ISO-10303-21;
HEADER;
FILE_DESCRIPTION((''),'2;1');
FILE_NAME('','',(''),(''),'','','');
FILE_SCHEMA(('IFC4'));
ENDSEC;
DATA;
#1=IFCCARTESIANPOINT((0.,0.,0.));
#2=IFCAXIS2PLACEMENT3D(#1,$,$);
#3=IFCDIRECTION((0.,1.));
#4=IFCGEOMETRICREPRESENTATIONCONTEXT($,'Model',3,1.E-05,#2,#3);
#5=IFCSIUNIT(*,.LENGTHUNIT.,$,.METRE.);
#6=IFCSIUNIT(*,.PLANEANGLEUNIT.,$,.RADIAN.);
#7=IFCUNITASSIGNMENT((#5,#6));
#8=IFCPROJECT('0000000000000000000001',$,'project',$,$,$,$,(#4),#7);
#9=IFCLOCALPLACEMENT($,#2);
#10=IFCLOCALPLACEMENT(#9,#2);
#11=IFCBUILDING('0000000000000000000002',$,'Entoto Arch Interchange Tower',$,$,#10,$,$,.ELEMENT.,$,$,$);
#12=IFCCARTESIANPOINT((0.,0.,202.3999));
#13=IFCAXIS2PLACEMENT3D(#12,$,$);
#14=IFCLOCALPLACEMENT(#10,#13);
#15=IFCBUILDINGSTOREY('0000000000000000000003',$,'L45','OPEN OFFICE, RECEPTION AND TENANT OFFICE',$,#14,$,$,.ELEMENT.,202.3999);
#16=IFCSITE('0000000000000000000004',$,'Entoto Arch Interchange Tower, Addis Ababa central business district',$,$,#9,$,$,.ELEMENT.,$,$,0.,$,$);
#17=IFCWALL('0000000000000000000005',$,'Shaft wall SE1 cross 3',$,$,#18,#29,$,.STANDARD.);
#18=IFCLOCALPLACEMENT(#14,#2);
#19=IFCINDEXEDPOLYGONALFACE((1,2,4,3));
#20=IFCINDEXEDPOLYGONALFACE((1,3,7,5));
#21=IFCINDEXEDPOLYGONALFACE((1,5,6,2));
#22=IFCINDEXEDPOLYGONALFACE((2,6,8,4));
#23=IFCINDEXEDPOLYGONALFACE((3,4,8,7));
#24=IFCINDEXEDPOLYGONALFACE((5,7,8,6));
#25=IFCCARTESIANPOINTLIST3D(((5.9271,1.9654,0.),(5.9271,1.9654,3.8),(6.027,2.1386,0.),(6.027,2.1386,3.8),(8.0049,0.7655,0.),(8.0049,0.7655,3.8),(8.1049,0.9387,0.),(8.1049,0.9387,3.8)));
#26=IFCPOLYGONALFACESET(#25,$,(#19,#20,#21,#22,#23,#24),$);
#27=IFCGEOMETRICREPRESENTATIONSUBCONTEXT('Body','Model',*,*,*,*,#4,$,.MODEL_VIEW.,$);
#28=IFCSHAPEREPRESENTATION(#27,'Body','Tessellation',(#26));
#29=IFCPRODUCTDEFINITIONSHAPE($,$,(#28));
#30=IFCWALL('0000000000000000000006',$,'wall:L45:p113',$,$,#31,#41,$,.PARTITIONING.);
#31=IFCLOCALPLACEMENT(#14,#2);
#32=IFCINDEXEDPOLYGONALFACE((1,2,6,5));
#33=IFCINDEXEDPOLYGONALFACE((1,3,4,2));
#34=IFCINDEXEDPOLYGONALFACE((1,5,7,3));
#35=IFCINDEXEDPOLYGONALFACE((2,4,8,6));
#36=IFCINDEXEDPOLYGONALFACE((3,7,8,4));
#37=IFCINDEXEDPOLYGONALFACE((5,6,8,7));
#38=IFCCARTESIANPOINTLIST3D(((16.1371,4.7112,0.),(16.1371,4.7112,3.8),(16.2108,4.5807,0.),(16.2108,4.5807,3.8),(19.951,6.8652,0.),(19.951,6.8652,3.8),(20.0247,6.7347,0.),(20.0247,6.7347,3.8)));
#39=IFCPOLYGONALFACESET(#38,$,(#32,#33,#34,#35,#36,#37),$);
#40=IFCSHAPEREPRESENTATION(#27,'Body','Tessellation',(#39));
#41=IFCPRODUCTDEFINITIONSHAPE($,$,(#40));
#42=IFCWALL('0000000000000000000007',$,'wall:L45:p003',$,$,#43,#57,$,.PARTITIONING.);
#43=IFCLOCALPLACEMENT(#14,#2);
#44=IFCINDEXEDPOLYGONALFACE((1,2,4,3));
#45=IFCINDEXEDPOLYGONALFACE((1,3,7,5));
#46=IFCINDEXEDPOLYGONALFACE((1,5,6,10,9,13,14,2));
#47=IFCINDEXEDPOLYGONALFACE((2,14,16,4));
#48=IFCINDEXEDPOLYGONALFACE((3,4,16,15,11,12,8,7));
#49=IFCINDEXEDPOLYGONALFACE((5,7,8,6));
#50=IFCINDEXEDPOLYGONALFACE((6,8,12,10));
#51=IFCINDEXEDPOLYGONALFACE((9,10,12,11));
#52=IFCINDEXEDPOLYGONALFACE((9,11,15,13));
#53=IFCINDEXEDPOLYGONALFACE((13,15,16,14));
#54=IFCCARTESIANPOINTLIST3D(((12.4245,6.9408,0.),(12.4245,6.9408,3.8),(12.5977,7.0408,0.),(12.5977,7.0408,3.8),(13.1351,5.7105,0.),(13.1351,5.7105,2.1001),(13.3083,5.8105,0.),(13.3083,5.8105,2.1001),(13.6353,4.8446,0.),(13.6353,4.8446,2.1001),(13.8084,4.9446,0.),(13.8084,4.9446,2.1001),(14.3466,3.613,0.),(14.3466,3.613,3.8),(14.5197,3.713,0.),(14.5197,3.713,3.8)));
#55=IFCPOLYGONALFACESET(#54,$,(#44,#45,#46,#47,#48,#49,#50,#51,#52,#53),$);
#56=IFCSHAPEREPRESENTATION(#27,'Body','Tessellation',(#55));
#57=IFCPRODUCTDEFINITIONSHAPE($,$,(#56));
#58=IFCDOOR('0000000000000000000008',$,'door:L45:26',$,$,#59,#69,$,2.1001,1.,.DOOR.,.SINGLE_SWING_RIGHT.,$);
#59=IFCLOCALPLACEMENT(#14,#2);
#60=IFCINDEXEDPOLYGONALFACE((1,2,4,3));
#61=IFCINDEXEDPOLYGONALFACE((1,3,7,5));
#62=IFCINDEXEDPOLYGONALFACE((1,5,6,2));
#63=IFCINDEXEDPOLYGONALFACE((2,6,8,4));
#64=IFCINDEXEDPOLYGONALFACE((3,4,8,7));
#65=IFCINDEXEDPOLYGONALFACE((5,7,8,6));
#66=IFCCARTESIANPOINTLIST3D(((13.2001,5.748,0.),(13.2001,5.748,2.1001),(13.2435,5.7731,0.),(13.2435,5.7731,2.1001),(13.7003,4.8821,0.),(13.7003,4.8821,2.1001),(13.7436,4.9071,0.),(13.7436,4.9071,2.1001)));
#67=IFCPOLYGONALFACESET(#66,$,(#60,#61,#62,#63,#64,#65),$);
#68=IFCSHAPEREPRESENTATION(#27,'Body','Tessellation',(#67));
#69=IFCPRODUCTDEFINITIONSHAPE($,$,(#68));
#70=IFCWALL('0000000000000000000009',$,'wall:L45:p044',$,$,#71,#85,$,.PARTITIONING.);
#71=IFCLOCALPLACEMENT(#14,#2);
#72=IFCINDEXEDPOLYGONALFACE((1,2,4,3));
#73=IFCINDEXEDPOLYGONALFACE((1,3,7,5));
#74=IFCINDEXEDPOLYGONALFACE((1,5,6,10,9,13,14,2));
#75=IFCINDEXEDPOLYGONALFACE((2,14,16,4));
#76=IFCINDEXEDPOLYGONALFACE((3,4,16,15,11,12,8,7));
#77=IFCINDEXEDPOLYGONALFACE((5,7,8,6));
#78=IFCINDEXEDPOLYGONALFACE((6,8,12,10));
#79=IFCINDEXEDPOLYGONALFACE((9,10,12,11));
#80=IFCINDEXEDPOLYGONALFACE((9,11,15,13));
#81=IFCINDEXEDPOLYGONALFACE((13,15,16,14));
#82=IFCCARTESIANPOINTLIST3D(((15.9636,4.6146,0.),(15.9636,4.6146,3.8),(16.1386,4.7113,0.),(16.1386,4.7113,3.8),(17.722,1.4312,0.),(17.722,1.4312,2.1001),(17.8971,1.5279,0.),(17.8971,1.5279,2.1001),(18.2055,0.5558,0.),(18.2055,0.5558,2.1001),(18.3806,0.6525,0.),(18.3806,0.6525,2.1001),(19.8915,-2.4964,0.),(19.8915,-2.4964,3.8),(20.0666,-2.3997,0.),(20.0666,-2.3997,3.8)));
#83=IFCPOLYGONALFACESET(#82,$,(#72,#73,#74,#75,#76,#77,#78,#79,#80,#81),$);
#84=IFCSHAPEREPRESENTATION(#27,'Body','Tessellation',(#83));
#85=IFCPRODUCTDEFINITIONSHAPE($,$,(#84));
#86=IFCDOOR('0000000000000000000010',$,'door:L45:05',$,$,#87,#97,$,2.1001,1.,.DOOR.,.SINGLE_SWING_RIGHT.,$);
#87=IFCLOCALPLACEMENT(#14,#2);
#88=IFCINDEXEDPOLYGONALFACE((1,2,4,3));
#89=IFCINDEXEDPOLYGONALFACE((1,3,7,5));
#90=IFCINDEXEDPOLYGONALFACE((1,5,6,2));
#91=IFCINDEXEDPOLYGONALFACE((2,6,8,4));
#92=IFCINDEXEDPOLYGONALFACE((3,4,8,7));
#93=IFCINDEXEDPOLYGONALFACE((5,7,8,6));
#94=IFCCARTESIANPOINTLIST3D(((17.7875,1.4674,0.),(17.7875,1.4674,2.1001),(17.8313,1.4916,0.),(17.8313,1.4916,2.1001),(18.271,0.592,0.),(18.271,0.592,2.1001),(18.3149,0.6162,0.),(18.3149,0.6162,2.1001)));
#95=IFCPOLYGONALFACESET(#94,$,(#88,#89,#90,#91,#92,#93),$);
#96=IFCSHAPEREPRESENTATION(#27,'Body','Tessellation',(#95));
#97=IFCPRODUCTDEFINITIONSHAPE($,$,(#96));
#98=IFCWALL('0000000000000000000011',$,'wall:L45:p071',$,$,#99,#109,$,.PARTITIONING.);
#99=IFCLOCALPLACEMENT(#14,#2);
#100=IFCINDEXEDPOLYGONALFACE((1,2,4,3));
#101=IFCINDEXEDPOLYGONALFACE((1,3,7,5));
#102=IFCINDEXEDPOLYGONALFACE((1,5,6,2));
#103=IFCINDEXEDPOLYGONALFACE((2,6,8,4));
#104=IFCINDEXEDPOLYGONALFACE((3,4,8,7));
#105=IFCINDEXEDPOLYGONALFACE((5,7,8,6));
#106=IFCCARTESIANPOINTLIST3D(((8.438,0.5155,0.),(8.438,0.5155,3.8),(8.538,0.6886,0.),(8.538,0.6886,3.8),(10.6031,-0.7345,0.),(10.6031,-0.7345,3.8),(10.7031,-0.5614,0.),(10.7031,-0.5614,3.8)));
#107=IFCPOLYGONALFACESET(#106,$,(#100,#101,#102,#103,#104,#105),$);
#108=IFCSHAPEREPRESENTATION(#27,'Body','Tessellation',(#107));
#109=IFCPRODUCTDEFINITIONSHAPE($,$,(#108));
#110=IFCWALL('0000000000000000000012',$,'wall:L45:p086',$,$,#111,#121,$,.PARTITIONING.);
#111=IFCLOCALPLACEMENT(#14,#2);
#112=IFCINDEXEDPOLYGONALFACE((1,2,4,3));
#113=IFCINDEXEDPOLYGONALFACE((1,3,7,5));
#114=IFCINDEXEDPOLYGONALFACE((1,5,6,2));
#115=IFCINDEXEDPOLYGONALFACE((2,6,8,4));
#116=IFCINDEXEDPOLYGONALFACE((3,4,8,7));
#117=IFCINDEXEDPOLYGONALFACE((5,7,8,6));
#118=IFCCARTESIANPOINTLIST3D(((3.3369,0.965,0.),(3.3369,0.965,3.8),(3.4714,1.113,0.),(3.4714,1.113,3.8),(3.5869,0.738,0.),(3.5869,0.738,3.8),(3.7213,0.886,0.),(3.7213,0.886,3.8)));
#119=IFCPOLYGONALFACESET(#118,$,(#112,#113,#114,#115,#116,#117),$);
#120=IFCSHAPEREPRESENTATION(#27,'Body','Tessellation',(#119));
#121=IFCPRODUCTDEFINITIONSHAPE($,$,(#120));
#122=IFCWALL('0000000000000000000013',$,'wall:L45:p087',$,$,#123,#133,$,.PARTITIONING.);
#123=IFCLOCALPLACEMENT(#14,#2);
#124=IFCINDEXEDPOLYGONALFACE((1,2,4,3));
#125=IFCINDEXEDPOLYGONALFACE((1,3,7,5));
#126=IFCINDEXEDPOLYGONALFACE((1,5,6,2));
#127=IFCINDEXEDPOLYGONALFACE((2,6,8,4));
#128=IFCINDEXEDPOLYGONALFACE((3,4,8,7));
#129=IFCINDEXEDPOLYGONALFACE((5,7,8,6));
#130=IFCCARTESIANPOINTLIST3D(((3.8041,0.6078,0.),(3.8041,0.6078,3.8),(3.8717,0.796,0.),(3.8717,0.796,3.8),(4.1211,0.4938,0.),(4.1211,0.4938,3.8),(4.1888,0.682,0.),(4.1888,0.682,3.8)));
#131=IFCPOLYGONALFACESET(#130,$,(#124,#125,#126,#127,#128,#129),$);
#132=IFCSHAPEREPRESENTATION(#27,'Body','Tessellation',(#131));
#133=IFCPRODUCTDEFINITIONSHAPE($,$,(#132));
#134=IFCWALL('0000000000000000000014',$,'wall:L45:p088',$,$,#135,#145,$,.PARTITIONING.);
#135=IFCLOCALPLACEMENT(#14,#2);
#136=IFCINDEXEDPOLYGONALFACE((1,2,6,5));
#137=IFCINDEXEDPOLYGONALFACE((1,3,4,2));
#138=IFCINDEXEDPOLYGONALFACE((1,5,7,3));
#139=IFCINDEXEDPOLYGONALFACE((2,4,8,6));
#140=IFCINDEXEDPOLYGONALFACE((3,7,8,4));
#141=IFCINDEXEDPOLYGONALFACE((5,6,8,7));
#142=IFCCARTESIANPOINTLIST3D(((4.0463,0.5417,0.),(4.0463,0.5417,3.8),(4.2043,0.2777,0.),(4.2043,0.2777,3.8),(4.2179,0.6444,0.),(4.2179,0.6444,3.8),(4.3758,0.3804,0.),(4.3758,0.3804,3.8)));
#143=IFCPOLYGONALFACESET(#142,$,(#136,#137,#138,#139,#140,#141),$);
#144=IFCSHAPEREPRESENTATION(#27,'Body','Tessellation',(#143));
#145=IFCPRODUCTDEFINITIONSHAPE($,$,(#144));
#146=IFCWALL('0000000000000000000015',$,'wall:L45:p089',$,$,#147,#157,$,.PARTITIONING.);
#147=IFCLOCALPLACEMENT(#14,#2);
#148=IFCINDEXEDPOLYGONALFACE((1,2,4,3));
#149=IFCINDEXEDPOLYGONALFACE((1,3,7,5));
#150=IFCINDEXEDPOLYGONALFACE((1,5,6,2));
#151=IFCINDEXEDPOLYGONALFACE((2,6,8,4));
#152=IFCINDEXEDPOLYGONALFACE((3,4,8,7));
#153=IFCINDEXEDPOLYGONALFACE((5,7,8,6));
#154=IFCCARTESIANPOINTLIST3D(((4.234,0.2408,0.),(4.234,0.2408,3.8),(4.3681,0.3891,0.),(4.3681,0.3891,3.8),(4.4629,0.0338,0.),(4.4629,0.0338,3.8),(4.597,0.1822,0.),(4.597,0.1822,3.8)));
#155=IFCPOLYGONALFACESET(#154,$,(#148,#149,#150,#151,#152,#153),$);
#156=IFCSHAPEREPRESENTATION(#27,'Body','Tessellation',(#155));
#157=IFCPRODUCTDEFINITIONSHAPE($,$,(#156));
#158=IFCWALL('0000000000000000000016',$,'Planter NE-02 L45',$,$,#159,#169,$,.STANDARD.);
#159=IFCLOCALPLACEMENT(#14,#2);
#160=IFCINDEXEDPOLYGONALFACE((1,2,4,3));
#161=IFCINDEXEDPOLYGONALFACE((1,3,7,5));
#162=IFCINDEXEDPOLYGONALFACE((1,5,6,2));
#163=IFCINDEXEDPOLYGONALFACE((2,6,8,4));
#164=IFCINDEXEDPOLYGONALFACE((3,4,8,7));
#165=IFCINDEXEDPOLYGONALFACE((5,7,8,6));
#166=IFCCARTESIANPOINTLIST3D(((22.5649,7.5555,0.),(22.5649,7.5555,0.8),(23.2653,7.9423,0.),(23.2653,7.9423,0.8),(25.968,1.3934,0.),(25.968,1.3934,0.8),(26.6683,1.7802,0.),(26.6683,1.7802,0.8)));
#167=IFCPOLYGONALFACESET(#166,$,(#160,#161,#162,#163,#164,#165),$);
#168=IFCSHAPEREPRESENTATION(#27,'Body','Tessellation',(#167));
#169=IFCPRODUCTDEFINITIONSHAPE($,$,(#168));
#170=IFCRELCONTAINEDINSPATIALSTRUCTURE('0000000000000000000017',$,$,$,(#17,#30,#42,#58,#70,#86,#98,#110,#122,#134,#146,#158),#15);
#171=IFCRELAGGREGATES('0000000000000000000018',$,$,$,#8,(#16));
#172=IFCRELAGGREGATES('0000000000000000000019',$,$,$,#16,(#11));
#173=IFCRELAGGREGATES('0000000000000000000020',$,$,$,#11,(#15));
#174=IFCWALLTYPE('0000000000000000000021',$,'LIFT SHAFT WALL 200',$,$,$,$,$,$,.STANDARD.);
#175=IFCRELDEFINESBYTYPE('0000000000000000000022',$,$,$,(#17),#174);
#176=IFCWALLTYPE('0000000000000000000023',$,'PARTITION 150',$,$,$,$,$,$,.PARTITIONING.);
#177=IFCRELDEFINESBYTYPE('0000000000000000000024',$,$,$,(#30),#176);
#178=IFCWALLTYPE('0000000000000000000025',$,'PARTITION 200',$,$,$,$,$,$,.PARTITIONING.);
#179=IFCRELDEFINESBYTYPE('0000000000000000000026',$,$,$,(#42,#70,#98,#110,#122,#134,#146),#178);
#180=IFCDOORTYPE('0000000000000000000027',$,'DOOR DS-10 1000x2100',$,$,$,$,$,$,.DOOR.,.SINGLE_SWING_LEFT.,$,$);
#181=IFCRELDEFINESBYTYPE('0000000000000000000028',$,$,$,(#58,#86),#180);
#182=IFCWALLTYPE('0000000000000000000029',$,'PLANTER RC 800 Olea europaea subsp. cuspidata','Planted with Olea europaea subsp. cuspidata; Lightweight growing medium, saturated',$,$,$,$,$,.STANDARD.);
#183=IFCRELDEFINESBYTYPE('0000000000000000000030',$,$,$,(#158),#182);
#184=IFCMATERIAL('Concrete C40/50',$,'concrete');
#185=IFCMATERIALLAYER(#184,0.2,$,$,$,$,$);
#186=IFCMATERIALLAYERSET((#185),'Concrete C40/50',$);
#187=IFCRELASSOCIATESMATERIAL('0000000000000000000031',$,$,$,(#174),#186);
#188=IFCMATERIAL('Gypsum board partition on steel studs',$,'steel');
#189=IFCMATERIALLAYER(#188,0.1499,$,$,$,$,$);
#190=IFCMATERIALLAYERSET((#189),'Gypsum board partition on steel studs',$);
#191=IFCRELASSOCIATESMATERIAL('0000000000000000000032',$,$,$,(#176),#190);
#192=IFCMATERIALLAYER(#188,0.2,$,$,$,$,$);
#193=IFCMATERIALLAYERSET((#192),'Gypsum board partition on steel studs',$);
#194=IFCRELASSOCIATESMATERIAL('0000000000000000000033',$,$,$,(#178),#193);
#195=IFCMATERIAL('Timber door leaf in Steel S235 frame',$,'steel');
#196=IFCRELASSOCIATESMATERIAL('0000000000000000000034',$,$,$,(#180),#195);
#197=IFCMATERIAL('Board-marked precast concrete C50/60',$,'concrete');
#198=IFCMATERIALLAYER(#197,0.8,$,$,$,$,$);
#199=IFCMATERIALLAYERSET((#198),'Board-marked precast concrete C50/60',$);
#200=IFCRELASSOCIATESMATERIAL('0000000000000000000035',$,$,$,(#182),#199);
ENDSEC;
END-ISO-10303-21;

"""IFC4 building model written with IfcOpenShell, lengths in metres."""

from ifc_helpers import new_model, si_unit, direction, frame, frame_2d, origin, place, context, subcontext, project, spatial, rectangle, extrude, material, layer, layer_set, type_object, element, fill, save


model = new_model("IFC4")

# Units and contexts
model_context = context("Model", 3, precision=1e-05, world=origin(), true_north=direction((0.0, 1.0)))
body_context = subcontext(model_context, "Body", "Model", "MODEL_VIEW")
ifc_project = project(units=[si_unit("LENGTHUNIT", "METRE"), si_unit("PLANEANGLEUNIT", "RADIAN")], contexts=[model_context])

# Site, building, storey
site_placement = place(None, origin())
site = spatial("IfcSite", under=ifc_project, at=site_placement, Name="Entoto Arch Interchange Tower, Addis Ababa central business district", CompositionType="ELEMENT", RefElevation=0.0)
building_placement = place(site_placement, origin())
building = spatial("IfcBuilding", under=site, at=building_placement, Name="Entoto Arch Interchange Tower", CompositionType="ELEMENT")
storey_placement = place(building_placement, frame((0.0, 0.0, 202.3999)))
storey = spatial("IfcBuildingStorey", under=building, at=storey_placement, Name="L45", Description="OPEN OFFICE, RECEPTION AND TENANT OFFICE", CompositionType="ELEMENT", Elevation=202.3999)

# Walls
ifc_material_1 = material(Name="Concrete C40/50", Category="concrete")
ifc_layer_1 = layer(ifc_material_1, 0.2)
ifc_layer_set_1 = layer_set([ifc_layer_1], Name="Concrete C40/50")
wall_type_1 = type_object("IfcWallType", Name="LIFT SHAFT WALL 200", PredefinedType="STANDARD", material=ifc_layer_set_1)
wall_1_placement = place(storey_placement, frame((5.9771, 2.052, 0.0), z_axis=(0.0, 0.0, 1.0), x_axis=(0.865974, -0.500089, 0.0)))
element("IfcWall", 1, at=wall_1_placement, inside=storey, type_object=wall_type_1, Name="Shaft wall SE1 cross 3", PredefinedType="STANDARD", context=body_context, shape_type="SweptSolid", body=[
    extrude(rectangle(XDim=2.3994, YDim=0.2, at=frame_2d((1.1997, 0.0))), origin(), (0.0, 0.0, 1.0), 3.8),
])
ifc_material_2 = material(Name="Gypsum board partition on steel studs", Category="steel")
ifc_layer_2 = layer(ifc_material_2, 0.1499)
ifc_layer_set_2 = layer_set([ifc_layer_2], Name="Gypsum board partition on steel studs")
wall_type_2 = type_object("IfcWallType", Name="PARTITION 150", PredefinedType="PARTITIONING", material=ifc_layer_set_2)
wall_2_placement = place(storey_placement, frame((16.1741, 4.646, 0.0), z_axis=(0.0, 0.0, 1.0), x_axis=(0.870726, 0.491769, 0.0)))
element("IfcWall", 2, at=wall_2_placement, inside=storey, type_object=wall_type_2, Name="wall:L45:p113", PredefinedType="PARTITIONING", context=body_context, shape_type="SweptSolid", body=[
    extrude(rectangle(XDim=4.3801, YDim=0.1499, at=frame_2d((2.1899, 0.0))), origin(), (0.0, 0.0, 1.0), 3.8),
])

# Walls, openings, doors
ifc_layer_3 = layer(ifc_material_2, 0.2)
ifc_layer_set_3 = layer_set([ifc_layer_3], Name="Gypsum board partition on steel studs")
wall_type_3 = type_object("IfcWallType", Name="PARTITION 200", PredefinedType="PARTITIONING", material=ifc_layer_set_3)
wall_3_placement = place(storey_placement, frame((14.4331, 3.6631, 0.0), z_axis=(0.0, 0.0, 1.0), x_axis=(-0.50015, 0.865939, 0.0)))
wall_3 = element("IfcWall", 3, at=wall_3_placement, inside=storey, type_object=wall_type_3, Name="wall:L45:p003", PredefinedType="PARTITIONING", context=body_context, shape_type="SweptSolid", body=[
    extrude(rectangle(XDim=3.843, YDim=0.2, at=frame_2d((1.9214, 0.0))), origin(), (0.0, 0.0, 1.0), 3.8),
])
opening_1_placement = place(wall_3_placement, frame((1.4221, 0.0, 0.0)))
opening_1 = element("IfcOpeningElement", 4, at=opening_1_placement, cuts=wall_3, PredefinedType="OPENING", context=body_context, shape_type="SweptSolid", body=[
    extrude(rectangle(XDim=1.0, YDim=2.1001, at=frame_2d((0.5, 1.05))), frame((0.0, 0.1099, 0.0), z_axis=(0.0, -1.0, 0.0), x_axis=(1.0, 0.0, 0.0)), (0.0, 0.0, 1.0), 0.22),
])
ifc_material_3 = material(Name="Timber door leaf in Steel S235 frame", Category="steel")
door_type_1 = type_object("IfcDoorType", Name="DOOR DS-10 1000x2100", OperationType="SINGLE_SWING_LEFT", PredefinedType="DOOR", material=ifc_material_3)
door_1_placement = place(opening_1_placement, origin())
door_1 = element("IfcDoor", 5, at=door_1_placement, inside=storey, type_object=door_type_1, Name="door:L45:26", OperationType="SINGLE_SWING_RIGHT", OverallHeight=2.1001, OverallWidth=1.0, PredefinedType="DOOR", context=body_context, shape_type="SweptSolid", body=[
    extrude(rectangle(XDim=1.0, YDim=2.1001, at=frame_2d((0.5, 1.05))), frame((0.0, 0.0249, 0.0), z_axis=(0.0, -1.0, 0.0), x_axis=(1.0, 0.0, 0.0)), (0.0, 0.0, 1.0), 0.05),
])
fill(opening_1, door_1)
wall_4_placement = place(storey_placement, frame((16.051, 4.6631, 0.0), z_axis=(0.0, 0.0, 1.0), x_axis=(0.483513, -0.875337, 0.0)))
wall_4 = element("IfcWall", 6, at=wall_4_placement, inside=storey, type_object=wall_type_3, Name="wall:L45:p044", PredefinedType="PARTITIONING", context=body_context, shape_type="SweptSolid", body=[
    extrude(rectangle(XDim=8.1238, YDim=0.2, at=frame_2d((4.062, 0.0))), origin(), (0.0, 0.0, 1.0), 3.8),
])
opening_2_placement = place(wall_4_placement, frame((3.637, 0.0, 0.0)))
opening_2 = element("IfcOpeningElement", 7, at=opening_2_placement, cuts=wall_4, PredefinedType="OPENING", context=body_context, shape_type="SweptSolid", body=[
    extrude(rectangle(XDim=1.0, YDim=2.1001, at=frame_2d((0.5, 1.05))), frame((0.0, 0.1099, 0.0), z_axis=(0.0, -1.0, 0.0), x_axis=(1.0, 0.0, 0.0)), (0.0, 0.0, 1.0), 0.22),
])
door_2_placement = place(opening_2_placement, origin())
door_2 = element("IfcDoor", 8, at=door_2_placement, inside=storey, type_object=door_type_1, Name="door:L45:05", OperationType="SINGLE_SWING_RIGHT", OverallHeight=2.1001, OverallWidth=1.0, PredefinedType="DOOR", context=body_context, shape_type="SweptSolid", body=[
    extrude(rectangle(XDim=1.0, YDim=2.1001, at=frame_2d((0.5, 1.05))), frame((0.0, 0.0249, 0.0), z_axis=(0.0, -1.0, 0.0), x_axis=(1.0, 0.0, 0.0)), (0.0, 0.0, 1.0), 0.05),
])
fill(opening_2, door_2)

# Walls
wall_5_placement = place(storey_placement, frame((8.488, 0.6021, 0.0), z_axis=(0.0, 0.0, 1.0), x_axis=(0.866023, -0.500004, 0.0)))
element("IfcWall", 9, at=wall_5_placement, inside=storey, type_object=wall_type_3, Name="wall:L45:p071", PredefinedType="PARTITIONING", context=body_context, shape_type="SweptSolid", body=[
    extrude(rectangle(XDim=2.5, YDim=0.2, at=frame_2d((1.25, 0.0))), origin(), (0.0, 0.0, 1.0), 3.8),
])
wall_6_placement = place(storey_placement, frame((3.4041, 1.0391, 0.0), z_axis=(0.0, 0.0, 1.0), x_axis=(0.740267, -0.672313, 0.0)))
element("IfcWall", 10, at=wall_6_placement, inside=storey, type_object=wall_type_3, Name="wall:L45:p086", PredefinedType="PARTITIONING", context=body_context, shape_type="SweptSolid", body=[
    extrude(rectangle(XDim=0.3376, YDim=0.2, at=frame_2d((0.1689, 0.0))), origin(), (0.0, 0.0, 1.0), 3.8),
])
wall_7_placement = place(storey_placement, frame((3.8379, 0.7019, 0.0), z_axis=(0.0, 0.0, 1.0), x_axis=(0.941035, -0.338309, 0.0)))
element("IfcWall", 11, at=wall_7_placement, inside=storey, type_object=wall_type_3, Name="wall:L45:p087", PredefinedType="PARTITIONING", context=body_context, shape_type="SweptSolid", body=[
    extrude(rectangle(XDim=0.3369, YDim=0.2, at=frame_2d((0.1685, 0.0))), origin(), (0.0, 0.0, 1.0), 3.8),
])
wall_8_placement = place(storey_placement, frame((4.1321, 0.593, 0.0), z_axis=(0.0, 0.0, 1.0), x_axis=(0.513562, -0.858053, 0.0)))
element("IfcWall", 12, at=wall_8_placement, inside=storey, type_object=wall_type_3, Name="wall:L45:p088", PredefinedType="PARTITIONING", context=body_context, shape_type="SweptSolid", body=[
    extrude(rectangle(XDim=0.3076, YDim=0.2, at=frame_2d((0.1538, 0.0))), origin(), (0.0, 0.0, 1.0), 3.8),
])
wall_9_placement = place(storey_placement, frame((4.301, 0.3149, 0.0), z_axis=(0.0, 0.0, 1.0), x_axis=(0.741798, -0.670623, 0.0)))
element("IfcWall", 13, at=wall_9_placement, inside=storey, type_object=wall_type_3, Name="wall:L45:p089", PredefinedType="PARTITIONING", context=body_context, shape_type="SweptSolid", body=[
    extrude(rectangle(XDim=0.3086, YDim=0.2, at=frame_2d((0.1543, 0.0))), origin(), (0.0, 0.0, 1.0), 3.8),
])
ifc_material_4 = material(Name="Board-marked precast concrete C50/60", Category="concrete")
ifc_layer_4 = layer(ifc_material_4, 0.8)
ifc_layer_set_4 = layer_set([ifc_layer_4], Name="Board-marked precast concrete C50/60")
wall_type_4 = type_object("IfcWallType", Name="PLANTER RC 800 Olea europaea subsp. cuspidata", Description="Planted with Olea europaea subsp. cuspidata; Lightweight growing medium, saturated", PredefinedType="STANDARD", material=ifc_layer_set_4)
wall_10_placement = place(storey_placement, frame((26.3181, 1.5869, 0.0), z_axis=(0.0, 0.0, 1.0), x_axis=(-0.483436, 0.87538, 0.0)))
element("IfcWall", 14, at=wall_10_placement, inside=storey, type_object=wall_type_4, Name="Planter NE-02 L45", PredefinedType="STANDARD", context=body_context, shape_type="SweptSolid", body=[
    extrude(rectangle(XDim=7.0393, YDim=0.8, at=frame_2d((3.5195, 0.0))), origin(), (0.0, 0.0, 1.0), 0.8),
])

save(model, "model.ifc")
